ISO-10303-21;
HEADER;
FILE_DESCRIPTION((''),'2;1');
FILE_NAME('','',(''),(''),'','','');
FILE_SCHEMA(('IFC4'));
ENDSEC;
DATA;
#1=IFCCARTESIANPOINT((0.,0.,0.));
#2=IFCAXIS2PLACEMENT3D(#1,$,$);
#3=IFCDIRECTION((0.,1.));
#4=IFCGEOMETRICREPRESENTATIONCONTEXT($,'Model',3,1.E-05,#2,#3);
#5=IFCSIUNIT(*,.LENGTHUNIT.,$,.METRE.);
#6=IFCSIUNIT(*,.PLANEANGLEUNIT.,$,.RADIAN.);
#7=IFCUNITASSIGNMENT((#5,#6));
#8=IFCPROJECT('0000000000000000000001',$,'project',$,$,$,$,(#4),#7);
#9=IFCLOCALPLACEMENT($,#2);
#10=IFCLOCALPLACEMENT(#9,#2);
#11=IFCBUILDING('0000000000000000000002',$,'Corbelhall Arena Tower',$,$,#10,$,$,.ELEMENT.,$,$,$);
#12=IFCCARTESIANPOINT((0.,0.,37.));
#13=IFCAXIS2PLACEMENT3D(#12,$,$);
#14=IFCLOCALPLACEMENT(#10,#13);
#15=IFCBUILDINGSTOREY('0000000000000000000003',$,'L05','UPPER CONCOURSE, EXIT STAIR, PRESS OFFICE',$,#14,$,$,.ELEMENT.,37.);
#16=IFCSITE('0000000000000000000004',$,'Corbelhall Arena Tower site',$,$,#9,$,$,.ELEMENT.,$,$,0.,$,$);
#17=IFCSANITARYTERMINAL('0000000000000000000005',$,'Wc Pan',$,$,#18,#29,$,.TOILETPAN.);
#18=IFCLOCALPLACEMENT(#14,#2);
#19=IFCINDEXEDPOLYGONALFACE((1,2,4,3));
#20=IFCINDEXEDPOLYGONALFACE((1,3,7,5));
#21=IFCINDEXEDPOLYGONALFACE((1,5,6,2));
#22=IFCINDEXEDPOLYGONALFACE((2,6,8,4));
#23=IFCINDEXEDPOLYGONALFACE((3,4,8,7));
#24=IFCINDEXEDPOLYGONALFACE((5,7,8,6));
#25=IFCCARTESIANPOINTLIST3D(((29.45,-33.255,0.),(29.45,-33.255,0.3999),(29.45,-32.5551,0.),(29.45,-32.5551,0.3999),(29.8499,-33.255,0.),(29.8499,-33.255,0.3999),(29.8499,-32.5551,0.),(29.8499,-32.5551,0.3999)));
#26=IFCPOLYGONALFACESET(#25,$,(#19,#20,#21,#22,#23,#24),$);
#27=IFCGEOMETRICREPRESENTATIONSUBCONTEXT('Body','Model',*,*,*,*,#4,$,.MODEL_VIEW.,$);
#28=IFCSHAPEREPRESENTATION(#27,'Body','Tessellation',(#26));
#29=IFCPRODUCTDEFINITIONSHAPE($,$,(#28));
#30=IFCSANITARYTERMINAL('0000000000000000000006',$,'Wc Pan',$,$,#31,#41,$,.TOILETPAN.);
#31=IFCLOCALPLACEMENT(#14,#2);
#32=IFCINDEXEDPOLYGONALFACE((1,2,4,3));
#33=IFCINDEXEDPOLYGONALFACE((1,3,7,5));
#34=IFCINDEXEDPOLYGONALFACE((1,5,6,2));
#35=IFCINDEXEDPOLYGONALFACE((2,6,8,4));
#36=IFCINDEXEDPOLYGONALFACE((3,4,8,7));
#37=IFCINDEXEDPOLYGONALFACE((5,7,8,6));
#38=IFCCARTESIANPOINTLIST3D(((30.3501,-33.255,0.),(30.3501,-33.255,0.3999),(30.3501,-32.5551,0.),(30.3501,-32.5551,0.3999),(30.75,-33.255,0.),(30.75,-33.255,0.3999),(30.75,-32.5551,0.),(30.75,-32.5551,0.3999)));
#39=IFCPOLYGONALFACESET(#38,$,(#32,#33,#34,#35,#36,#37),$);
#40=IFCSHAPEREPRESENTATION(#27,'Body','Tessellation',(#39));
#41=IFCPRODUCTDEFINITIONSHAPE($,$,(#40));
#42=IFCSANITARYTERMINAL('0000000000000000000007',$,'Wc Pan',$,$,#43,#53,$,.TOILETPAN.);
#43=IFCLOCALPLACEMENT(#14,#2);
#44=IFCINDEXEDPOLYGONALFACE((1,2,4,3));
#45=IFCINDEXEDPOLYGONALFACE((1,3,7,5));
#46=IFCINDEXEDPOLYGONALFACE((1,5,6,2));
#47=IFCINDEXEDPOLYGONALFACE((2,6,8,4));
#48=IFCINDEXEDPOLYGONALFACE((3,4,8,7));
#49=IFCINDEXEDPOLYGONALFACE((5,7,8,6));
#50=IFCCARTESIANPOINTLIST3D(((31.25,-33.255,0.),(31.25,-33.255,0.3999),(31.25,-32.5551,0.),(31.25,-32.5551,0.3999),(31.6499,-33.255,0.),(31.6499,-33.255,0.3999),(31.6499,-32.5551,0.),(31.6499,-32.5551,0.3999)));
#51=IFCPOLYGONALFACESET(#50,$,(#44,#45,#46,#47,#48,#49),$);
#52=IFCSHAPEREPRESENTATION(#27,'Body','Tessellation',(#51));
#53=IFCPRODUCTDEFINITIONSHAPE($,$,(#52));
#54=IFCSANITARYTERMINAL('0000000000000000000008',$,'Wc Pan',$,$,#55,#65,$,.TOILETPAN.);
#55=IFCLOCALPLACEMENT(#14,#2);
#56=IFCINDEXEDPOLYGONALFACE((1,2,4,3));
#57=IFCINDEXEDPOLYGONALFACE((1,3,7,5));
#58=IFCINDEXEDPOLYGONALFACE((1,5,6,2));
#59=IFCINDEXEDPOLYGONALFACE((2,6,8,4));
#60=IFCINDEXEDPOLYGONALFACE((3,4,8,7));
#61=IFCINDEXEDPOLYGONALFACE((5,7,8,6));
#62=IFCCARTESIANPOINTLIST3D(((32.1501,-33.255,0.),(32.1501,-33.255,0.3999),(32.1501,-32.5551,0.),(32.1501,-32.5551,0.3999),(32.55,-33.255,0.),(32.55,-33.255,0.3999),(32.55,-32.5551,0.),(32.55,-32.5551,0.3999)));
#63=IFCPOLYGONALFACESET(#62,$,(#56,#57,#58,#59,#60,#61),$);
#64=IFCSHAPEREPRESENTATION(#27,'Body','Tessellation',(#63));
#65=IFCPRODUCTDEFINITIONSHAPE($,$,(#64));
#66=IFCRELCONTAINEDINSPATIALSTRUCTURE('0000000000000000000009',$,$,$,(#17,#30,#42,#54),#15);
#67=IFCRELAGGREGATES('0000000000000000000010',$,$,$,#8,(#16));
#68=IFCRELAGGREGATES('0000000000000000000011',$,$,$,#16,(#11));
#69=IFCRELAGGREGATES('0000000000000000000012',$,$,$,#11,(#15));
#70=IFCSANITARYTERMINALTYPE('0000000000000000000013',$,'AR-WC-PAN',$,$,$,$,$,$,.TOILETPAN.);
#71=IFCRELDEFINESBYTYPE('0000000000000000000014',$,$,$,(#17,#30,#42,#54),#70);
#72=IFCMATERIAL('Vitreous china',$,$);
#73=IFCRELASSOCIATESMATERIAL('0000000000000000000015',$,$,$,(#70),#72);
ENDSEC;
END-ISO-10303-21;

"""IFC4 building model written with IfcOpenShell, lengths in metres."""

from ifc_helpers import new_model, si_unit, direction, frame, origin, origin_2d, place, context, subcontext, project, spatial, rectangle, extrude, material, type_object, element, save


model = new_model("IFC4")

# Units and contexts
model_context = context("Model", 3, precision=1e-05, world=origin(), true_north=direction((0.0, 1.0)))
body_context = subcontext(model_context, "Body", "Model", "MODEL_VIEW")
ifc_project = project(units=[si_unit("LENGTHUNIT", "METRE"), si_unit("PLANEANGLEUNIT", "RADIAN")], contexts=[model_context])

# Site, building, storey
site_placement = place(None, origin())
site = spatial("IfcSite", under=ifc_project, at=site_placement, Name="Corbelhall Arena Tower site", CompositionType="ELEMENT", RefElevation=0.0)
building_placement = place(site_placement, origin())
building = spatial("IfcBuilding", under=site, at=building_placement, Name="Corbelhall Arena Tower", CompositionType="ELEMENT")
storey_placement = place(building_placement, frame((0.0, 0.0, 37.0)))
storey = spatial("IfcBuildingStorey", under=building, at=storey_placement, Name="L05", Description="UPPER CONCOURSE, EXIT STAIR, PRESS OFFICE", CompositionType="ELEMENT", Elevation=37.0)

# Sanitary terminals
ifc_material_1 = material(Name="Vitreous china")
sanitary_terminal_type_1 = type_object("IfcSanitaryTerminalType", Name="AR-WC-PAN", PredefinedType="TOILETPAN", material=ifc_material_1)
for number, where, z_axis, x_axis, name in (
    (1, (29.6499, -32.905, 0.0), (0.0, 0.0, 1.0), (1.0, 0.0, 0.0), "Wc Pan"),
    (2, (30.55, -32.905, 0.0), (0.0, 0.0, 1.0), (1.0, 0.0, 0.0), "Wc Pan"),
    (3, (31.45, -32.905, 0.0), (0.0, 0.0, 1.0), (1.0, 0.0, 0.0), "Wc Pan"),
    (4, (32.3501, -32.905, 0.0), (0.0, 0.0, 1.0), (1.0, 0.0, 0.0), "Wc Pan"),
):
    element("IfcSanitaryTerminal", number, at=place(storey_placement, frame(where, z_axis=z_axis, x_axis=x_axis)), inside=storey, type_object=sanitary_terminal_type_1, Name=name, PredefinedType="TOILETPAN", context=body_context, shape_type="SweptSolid", body=[
        extrude(rectangle(XDim=0.3999, YDim=0.7, at=origin_2d()), origin(), (0.0, 0.0, 1.0), 0.3999),
    ])

save(model, "model.ifc")
